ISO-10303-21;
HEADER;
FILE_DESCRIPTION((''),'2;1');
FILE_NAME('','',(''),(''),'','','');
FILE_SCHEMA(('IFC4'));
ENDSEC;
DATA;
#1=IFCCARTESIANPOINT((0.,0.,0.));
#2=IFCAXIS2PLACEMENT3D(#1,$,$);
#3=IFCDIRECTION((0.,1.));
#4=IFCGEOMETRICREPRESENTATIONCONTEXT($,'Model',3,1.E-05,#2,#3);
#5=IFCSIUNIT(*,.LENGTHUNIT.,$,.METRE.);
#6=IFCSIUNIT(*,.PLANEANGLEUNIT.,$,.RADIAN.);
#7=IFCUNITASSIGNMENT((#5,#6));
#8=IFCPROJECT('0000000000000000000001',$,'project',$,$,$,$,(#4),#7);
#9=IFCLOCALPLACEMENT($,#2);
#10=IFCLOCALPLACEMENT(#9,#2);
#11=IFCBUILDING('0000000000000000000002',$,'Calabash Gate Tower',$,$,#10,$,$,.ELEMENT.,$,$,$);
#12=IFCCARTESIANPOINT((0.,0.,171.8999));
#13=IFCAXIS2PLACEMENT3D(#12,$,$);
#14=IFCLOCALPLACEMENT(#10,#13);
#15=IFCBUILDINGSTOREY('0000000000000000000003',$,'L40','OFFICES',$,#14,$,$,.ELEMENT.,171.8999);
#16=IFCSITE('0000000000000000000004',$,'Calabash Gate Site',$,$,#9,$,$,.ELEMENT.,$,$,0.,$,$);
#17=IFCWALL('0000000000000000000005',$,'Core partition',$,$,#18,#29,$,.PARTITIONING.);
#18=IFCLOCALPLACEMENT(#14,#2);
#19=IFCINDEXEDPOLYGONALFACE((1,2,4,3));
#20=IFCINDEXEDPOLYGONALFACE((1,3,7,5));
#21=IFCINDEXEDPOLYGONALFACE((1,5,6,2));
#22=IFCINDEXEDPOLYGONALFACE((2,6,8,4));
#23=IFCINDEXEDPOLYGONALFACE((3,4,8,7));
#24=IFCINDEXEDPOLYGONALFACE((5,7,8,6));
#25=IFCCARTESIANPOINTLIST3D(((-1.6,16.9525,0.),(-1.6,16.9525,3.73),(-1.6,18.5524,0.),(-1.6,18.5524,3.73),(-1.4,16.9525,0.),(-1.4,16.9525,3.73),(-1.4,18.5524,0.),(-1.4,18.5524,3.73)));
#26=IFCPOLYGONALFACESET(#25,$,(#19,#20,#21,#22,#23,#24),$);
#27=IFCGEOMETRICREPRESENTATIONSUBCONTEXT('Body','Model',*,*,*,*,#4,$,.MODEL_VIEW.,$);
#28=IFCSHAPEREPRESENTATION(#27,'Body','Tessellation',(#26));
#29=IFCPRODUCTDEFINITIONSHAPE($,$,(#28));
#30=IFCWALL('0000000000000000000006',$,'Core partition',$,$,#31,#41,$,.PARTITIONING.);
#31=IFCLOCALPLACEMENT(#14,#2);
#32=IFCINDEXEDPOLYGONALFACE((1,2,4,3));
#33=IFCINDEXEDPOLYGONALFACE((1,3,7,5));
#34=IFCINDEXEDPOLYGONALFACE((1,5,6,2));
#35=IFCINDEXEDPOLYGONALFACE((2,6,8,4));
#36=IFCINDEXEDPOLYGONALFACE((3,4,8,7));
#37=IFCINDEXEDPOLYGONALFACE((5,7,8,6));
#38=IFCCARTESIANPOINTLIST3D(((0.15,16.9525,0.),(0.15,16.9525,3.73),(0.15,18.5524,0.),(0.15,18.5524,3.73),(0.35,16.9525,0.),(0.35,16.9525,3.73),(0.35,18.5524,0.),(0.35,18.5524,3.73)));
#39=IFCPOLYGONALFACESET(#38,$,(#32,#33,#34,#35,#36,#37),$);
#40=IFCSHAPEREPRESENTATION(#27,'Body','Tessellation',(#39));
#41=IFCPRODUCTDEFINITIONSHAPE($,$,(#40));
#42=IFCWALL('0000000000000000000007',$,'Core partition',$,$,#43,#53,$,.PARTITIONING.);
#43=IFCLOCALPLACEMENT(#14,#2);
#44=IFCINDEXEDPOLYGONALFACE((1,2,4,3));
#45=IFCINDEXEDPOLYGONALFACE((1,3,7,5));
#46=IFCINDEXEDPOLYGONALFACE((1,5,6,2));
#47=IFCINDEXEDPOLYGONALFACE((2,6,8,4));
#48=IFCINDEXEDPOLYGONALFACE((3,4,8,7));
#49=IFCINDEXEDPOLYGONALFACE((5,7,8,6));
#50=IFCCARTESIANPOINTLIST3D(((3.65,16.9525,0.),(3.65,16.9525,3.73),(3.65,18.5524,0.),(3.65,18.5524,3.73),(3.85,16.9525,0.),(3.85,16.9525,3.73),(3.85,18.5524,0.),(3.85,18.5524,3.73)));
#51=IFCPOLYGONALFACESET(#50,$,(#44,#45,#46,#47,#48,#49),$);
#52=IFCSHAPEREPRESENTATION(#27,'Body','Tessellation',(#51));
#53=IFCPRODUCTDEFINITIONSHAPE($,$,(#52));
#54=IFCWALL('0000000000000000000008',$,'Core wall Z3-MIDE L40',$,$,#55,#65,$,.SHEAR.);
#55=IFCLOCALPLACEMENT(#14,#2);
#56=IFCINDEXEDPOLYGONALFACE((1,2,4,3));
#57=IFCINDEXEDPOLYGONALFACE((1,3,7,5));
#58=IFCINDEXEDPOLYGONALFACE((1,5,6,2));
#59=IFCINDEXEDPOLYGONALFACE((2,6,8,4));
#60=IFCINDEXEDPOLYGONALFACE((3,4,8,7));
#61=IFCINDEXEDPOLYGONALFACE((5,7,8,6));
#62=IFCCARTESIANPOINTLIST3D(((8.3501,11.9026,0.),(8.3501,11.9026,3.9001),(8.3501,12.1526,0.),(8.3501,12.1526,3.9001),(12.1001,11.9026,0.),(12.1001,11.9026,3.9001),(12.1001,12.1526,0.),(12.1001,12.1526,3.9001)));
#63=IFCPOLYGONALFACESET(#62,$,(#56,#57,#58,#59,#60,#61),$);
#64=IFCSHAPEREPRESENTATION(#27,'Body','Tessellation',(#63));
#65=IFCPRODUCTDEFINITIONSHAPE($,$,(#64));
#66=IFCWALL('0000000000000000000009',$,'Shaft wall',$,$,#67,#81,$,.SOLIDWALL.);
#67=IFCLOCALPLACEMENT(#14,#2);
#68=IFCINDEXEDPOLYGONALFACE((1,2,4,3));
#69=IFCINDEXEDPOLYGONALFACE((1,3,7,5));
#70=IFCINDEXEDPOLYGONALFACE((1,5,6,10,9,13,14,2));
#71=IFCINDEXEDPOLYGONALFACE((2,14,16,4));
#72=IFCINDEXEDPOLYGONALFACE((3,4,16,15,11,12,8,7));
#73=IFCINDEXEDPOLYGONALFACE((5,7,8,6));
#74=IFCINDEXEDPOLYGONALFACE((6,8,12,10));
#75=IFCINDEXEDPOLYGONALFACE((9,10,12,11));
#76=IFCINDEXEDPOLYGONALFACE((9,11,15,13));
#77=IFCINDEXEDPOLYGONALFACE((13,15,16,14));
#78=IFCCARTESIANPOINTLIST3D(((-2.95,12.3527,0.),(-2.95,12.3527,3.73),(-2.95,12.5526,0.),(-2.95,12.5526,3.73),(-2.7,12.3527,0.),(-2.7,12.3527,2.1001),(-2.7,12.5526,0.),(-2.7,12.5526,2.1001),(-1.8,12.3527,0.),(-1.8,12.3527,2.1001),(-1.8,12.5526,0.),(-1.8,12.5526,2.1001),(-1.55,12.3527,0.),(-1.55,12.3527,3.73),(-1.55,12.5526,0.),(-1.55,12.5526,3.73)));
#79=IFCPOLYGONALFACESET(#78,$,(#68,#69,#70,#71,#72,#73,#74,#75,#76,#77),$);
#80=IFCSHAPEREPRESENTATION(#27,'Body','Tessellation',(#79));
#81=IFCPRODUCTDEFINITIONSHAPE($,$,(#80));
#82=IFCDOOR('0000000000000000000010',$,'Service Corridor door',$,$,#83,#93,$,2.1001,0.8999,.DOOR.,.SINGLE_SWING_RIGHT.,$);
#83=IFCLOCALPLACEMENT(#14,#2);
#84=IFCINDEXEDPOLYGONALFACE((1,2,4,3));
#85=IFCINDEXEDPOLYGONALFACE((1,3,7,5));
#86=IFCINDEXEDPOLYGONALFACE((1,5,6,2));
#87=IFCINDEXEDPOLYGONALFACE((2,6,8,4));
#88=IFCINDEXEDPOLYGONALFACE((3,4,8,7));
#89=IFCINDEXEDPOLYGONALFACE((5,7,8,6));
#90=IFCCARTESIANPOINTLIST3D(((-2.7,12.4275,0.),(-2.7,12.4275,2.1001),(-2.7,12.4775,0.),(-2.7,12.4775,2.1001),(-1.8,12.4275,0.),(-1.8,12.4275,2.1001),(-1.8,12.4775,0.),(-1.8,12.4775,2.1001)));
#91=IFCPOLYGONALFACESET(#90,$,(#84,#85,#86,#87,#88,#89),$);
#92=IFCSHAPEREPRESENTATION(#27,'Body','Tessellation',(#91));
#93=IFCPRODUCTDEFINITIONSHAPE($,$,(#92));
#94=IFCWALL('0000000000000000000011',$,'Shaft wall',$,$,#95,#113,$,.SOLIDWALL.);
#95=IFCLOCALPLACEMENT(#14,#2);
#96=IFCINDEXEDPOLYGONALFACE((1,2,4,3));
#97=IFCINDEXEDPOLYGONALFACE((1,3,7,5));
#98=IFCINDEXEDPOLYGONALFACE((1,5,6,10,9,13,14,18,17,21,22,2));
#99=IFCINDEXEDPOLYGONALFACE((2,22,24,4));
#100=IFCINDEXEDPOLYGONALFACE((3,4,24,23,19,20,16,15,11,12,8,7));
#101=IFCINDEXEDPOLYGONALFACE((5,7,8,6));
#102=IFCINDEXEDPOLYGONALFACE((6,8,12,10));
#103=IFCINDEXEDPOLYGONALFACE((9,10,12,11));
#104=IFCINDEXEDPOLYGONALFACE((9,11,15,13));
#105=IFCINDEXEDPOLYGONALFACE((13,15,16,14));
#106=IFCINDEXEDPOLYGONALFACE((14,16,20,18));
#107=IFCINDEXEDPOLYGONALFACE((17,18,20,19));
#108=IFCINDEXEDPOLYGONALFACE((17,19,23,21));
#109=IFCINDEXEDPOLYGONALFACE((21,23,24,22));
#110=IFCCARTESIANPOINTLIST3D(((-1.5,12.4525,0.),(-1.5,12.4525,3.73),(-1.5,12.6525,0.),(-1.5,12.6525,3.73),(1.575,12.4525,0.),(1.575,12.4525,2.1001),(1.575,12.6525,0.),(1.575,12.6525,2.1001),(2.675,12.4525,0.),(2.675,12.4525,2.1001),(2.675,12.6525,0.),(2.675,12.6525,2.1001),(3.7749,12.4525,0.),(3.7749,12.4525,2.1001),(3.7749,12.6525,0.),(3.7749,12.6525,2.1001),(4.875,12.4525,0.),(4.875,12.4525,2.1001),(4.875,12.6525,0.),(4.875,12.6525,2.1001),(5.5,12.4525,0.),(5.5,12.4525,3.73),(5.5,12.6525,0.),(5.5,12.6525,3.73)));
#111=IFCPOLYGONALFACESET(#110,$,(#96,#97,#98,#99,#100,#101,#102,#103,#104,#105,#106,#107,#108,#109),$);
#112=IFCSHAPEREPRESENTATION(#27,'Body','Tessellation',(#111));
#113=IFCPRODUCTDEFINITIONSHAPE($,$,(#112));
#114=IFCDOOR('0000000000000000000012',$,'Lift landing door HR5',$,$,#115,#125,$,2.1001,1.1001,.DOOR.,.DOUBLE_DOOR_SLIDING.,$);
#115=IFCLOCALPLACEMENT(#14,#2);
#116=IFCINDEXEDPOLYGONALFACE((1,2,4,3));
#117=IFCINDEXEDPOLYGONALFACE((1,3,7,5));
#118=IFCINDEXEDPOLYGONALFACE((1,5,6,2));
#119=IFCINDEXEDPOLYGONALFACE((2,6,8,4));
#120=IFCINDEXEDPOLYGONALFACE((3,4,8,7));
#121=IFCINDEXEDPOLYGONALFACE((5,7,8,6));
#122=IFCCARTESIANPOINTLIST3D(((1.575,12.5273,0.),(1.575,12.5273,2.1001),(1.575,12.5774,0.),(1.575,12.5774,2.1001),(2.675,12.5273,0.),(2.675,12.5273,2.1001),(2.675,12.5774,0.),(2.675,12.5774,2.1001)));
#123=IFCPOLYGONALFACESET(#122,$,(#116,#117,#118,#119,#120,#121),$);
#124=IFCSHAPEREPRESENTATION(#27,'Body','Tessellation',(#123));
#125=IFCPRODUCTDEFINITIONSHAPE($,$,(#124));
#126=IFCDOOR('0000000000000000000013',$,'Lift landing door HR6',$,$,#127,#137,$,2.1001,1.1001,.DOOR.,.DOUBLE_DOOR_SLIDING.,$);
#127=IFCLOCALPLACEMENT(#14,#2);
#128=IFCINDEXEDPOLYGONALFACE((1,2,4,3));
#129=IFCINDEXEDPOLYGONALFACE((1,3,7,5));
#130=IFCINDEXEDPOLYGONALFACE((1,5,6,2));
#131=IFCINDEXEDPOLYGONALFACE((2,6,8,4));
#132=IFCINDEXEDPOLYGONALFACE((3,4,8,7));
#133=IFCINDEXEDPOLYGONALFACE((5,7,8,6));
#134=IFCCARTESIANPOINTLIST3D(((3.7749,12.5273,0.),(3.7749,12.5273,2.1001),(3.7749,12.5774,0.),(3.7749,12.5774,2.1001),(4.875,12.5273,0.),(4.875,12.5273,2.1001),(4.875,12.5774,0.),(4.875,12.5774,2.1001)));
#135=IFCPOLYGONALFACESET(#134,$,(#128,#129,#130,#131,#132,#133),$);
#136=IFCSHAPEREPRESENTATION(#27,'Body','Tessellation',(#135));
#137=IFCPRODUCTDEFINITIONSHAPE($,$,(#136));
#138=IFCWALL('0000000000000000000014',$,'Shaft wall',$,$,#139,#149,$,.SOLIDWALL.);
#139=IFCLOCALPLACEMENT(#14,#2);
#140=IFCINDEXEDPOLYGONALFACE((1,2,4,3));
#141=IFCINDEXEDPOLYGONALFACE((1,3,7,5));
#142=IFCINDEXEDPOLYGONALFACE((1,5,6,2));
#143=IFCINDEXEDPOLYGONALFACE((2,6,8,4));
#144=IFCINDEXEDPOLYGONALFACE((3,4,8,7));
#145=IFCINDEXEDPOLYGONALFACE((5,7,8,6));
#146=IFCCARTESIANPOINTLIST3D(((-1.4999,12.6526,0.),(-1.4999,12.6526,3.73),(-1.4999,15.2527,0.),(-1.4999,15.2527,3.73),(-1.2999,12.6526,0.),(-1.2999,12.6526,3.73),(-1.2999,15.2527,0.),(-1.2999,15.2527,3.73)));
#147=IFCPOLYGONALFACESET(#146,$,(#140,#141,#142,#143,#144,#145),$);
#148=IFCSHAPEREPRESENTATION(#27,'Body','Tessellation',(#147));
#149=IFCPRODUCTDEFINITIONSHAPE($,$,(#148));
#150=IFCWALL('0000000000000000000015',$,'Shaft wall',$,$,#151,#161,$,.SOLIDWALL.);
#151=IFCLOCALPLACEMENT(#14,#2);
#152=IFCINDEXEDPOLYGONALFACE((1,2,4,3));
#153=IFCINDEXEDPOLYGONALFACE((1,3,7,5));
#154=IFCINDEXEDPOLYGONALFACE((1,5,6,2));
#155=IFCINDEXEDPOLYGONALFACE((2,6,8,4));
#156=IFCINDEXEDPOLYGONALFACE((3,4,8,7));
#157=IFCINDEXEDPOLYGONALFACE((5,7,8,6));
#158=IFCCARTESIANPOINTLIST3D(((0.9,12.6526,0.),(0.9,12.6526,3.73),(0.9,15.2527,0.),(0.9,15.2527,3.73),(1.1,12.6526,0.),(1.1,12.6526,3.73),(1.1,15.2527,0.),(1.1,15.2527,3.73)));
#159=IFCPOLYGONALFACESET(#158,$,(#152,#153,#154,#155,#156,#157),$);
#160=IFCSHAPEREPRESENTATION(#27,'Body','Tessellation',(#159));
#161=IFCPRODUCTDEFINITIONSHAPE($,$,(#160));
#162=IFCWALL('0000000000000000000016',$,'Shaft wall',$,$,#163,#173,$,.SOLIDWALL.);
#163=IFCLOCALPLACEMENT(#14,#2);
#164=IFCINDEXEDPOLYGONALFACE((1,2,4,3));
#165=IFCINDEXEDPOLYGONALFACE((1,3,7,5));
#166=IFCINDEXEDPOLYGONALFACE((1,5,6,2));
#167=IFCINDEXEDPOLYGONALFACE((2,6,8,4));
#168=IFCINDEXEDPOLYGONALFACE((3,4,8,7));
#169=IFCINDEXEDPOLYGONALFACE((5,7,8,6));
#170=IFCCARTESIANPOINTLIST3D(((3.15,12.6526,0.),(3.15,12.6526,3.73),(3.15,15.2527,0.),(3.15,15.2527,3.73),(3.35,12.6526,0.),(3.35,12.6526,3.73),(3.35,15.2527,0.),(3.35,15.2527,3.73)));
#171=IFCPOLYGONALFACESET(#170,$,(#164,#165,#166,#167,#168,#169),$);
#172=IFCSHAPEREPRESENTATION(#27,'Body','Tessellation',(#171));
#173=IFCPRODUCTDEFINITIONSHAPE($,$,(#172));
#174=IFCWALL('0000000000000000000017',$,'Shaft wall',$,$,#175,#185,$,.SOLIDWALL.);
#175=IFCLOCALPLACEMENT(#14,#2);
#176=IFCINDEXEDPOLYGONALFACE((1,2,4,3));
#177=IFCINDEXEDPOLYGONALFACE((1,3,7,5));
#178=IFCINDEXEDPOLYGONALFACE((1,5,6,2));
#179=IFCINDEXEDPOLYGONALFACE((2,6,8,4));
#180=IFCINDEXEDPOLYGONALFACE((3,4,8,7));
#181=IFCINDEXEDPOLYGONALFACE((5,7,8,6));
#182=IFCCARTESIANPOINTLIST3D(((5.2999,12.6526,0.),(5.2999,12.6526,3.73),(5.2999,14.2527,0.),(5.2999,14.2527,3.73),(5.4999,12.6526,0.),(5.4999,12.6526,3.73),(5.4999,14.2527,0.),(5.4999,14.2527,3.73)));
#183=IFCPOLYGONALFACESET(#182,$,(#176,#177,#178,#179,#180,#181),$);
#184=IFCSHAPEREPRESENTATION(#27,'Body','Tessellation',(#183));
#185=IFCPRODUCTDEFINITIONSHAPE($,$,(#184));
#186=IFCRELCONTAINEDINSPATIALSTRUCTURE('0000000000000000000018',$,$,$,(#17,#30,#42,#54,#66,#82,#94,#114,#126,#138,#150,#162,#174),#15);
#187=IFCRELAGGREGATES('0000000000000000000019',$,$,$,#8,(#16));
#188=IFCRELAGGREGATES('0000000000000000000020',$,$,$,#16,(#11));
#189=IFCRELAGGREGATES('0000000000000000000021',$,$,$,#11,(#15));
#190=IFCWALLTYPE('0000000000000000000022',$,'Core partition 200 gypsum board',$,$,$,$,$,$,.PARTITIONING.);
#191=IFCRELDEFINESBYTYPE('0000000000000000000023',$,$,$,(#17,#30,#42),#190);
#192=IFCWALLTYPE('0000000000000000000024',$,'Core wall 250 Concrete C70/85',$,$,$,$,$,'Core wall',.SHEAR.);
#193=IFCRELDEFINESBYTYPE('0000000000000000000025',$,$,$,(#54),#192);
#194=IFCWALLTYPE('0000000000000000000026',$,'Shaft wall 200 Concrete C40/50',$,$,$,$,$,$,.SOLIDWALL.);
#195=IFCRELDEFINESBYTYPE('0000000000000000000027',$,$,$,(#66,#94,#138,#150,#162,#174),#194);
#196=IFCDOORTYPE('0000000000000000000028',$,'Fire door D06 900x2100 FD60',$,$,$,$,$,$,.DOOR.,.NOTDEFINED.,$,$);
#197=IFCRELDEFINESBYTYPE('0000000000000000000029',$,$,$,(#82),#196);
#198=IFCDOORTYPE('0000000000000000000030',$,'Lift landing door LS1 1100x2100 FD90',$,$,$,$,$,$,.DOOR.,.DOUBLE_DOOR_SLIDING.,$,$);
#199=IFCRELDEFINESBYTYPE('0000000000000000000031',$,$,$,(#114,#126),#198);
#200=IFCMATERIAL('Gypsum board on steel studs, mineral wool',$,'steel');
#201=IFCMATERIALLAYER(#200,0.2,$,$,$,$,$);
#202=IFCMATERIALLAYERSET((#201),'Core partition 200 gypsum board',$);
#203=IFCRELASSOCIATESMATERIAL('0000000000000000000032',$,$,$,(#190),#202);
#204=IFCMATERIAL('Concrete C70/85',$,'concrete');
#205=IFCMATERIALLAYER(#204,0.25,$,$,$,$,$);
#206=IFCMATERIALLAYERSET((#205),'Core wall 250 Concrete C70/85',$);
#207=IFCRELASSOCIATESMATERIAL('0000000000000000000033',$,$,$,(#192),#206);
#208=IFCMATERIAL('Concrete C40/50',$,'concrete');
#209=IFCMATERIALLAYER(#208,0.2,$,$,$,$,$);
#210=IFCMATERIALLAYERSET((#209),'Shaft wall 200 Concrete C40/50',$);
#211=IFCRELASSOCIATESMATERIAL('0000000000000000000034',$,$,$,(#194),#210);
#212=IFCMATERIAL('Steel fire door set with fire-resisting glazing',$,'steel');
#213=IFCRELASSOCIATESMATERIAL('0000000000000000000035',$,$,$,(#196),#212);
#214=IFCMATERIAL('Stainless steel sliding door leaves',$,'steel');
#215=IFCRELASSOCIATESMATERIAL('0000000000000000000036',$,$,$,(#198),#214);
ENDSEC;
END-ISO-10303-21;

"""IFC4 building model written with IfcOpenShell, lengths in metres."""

from ifc_helpers import new_model, si_unit, direction, frame, frame_2d, origin, place, context, subcontext, project, spatial, rectangle, extrude, material, layer, layer_set, type_object, element, fill, save


model = new_model("IFC4")

# Units and contexts
model_context = context("Model", 3, precision=1e-05, world=origin(), true_north=direction((0.0, 1.0)))
body_context = subcontext(model_context, "Body", "Model", "MODEL_VIEW")
ifc_project = project(units=[si_unit("LENGTHUNIT", "METRE"), si_unit("PLANEANGLEUNIT", "RADIAN")], contexts=[model_context])

# Site, building, storey
site_placement = place(None, origin())
site = spatial("IfcSite", under=ifc_project, at=site_placement, Name="Calabash Gate Site", CompositionType="ELEMENT", RefElevation=0.0)
building_placement = place(site_placement, origin())
building = spatial("IfcBuilding", under=site, at=building_placement, Name="Calabash Gate Tower", CompositionType="ELEMENT")
storey_placement = place(building_placement, frame((0.0, 0.0, 171.8999)))
storey = spatial("IfcBuildingStorey", under=building, at=storey_placement, Name="L40", Description="OFFICES", CompositionType="ELEMENT", Elevation=171.8999)

# Walls
ifc_material_1 = material(Name="Gypsum board on steel studs, mineral wool", Category="steel")
ifc_layer_1 = layer(ifc_material_1, 0.2)
ifc_layer_set_1 = layer_set([ifc_layer_1], Name="Core partition 200 gypsum board")
wall_type_1 = type_object("IfcWallType", Name="Core partition 200 gypsum board", PredefinedType="PARTITIONING", material=ifc_layer_set_1)
for number, where, z_axis, x_axis, name in (
    (1, (-1.5, 16.9526, 0.0), (0.0, 0.0, 1.0), (0.0, 1.0, 0.0), "Core partition"),
    (2, (0.25, 16.9526, 0.0), (0.0, 0.0, 1.0), (0.0, 1.0, 0.0), "Core partition"),
    (3, (3.75, 16.9526, 0.0), (0.0, 0.0, 1.0), (0.0, 1.0, 0.0), "Core partition"),
):
    element("IfcWall", number, at=place(storey_placement, frame(where, z_axis=z_axis, x_axis=x_axis)), inside=storey, type_object=wall_type_1, Name=name, PredefinedType="PARTITIONING", context=body_context, shape_type="SweptSolid", body=[
        extrude(rectangle(XDim=1.5999, YDim=0.2, at=frame_2d((0.7998, 0.0))), origin(), (0.0, 0.0, 1.0), 3.73),
    ])
ifc_material_2 = material(Name="Concrete C70/85", Category="concrete")
ifc_layer_2 = layer(ifc_material_2, 0.25)
ifc_layer_set_2 = layer_set([ifc_layer_2], Name="Core wall 250 Concrete C70/85")
wall_type_2 = type_object("IfcWallType", Name="Core wall 250 Concrete C70/85", ElementType="Core wall", PredefinedType="SHEAR", material=ifc_layer_set_2)
wall_1_placement = place(storey_placement, frame((8.3501, 12.0276, 0.0), z_axis=(0.0, 0.0, 1.0), x_axis=(1.0, 0.0, 0.0)))
element("IfcWall", 4, at=wall_1_placement, inside=storey, type_object=wall_type_2, Name="Core wall Z3-MIDE L40", PredefinedType="SHEAR", context=body_context, shape_type="SweptSolid", body=[
    extrude(rectangle(XDim=3.75, YDim=0.25, at=frame_2d((1.875, 0.0))), origin(), (0.0, 0.0, 1.0), 3.9001),
])

# Wall, opening, door
ifc_material_3 = material(Name="Concrete C40/50", Category="concrete")
ifc_layer_3 = layer(ifc_material_3, 0.2)
ifc_layer_set_3 = layer_set([ifc_layer_3], Name="Shaft wall 200 Concrete C40/50")
wall_type_3 = type_object("IfcWallType", Name="Shaft wall 200 Concrete C40/50", PredefinedType="SOLIDWALL", material=ifc_layer_set_3)
wall_2_placement = place(storey_placement, frame((-2.95, 12.4526, 0.0), z_axis=(0.0, 0.0, 1.0), x_axis=(1.0, 0.0, 0.0)))
wall_2 = element("IfcWall", 5, at=wall_2_placement, inside=storey, type_object=wall_type_3, Name="Shaft wall", PredefinedType="SOLIDWALL", context=body_context, shape_type="SweptSolid", body=[
    extrude(rectangle(XDim=1.3999, YDim=0.2, at=frame_2d((0.7, 0.0))), origin(), (0.0, 0.0, 1.0), 3.73),
])
opening_1_placement = place(wall_2_placement, frame((0.25, 0.0, 0.0)))
opening_1 = element("IfcOpeningElement", 6, at=opening_1_placement, cuts=wall_2, PredefinedType="OPENING", context=body_context, shape_type="SweptSolid", body=[
    extrude(rectangle(XDim=0.8999, YDim=2.1001, at=frame_2d((0.45, 1.05))), frame((0.0, 0.1099, 0.0), z_axis=(0.0, -1.0, 0.0), x_axis=(1.0, 0.0, 0.0)), (0.0, 0.0, 1.0), 0.22),
])
ifc_material_4 = material(Name="Steel fire door set with fire-resisting glazing", Category="steel")
door_type_1 = type_object("IfcDoorType", Name="Fire door D06 900x2100 FD60", OperationType="NOTDEFINED", PredefinedType="DOOR", material=ifc_material_4)
door_1_placement = place(opening_1_placement, origin())
door_1 = element("IfcDoor", 7, at=door_1_placement, inside=storey, type_object=door_type_1, Name="Service Corridor door", OperationType="SINGLE_SWING_RIGHT", OverallHeight=2.1001, OverallWidth=0.8999, PredefinedType="DOOR", context=body_context, shape_type="SweptSolid", body=[
    extrude(rectangle(XDim=0.8999, YDim=2.1001, at=frame_2d((0.45, 1.05))), frame((0.0, 0.0249, 0.0), z_axis=(0.0, -1.0, 0.0), x_axis=(1.0, 0.0, 0.0)), (0.0, 0.0, 1.0), 0.05),
])
fill(opening_1, door_1)

# Wall, openings, doors
wall_3_placement = place(storey_placement, frame((-1.5, 12.5525, 0.0), z_axis=(0.0, 0.0, 1.0), x_axis=(1.0, 0.0, 0.0)))
wall_3 = element("IfcWall", 8, at=wall_3_placement, inside=storey, type_object=wall_type_3, Name="Shaft wall", PredefinedType="SOLIDWALL", context=body_context, shape_type="SweptSolid", body=[
    extrude(rectangle(XDim=7.0, YDim=0.2, at=frame_2d((3.5, 0.0))), origin(), (0.0, 0.0, 1.0), 3.73),
])
opening_2_placement = place(wall_3_placement, frame((3.075, 0.0, 0.0)))
opening_2 = element("IfcOpeningElement", 9, at=opening_2_placement, cuts=wall_3, PredefinedType="OPENING", context=body_context, shape_type="SweptSolid", body=[
    extrude(rectangle(XDim=1.1001, YDim=2.1001, at=frame_2d((0.55, 1.05))), frame((0.0, 0.1099, 0.0), z_axis=(0.0, -1.0, 0.0), x_axis=(1.0, 0.0, 0.0)), (0.0, 0.0, 1.0), 0.22),
])
opening_3_placement = place(wall_3_placement, frame((5.2749, 0.0, 0.0)))
opening_3 = element("IfcOpeningElement", 10, at=opening_3_placement, cuts=wall_3, PredefinedType="OPENING", context=body_context, shape_type="SweptSolid", body=[
    extrude(rectangle(XDim=1.1001, YDim=2.1001, at=frame_2d((0.55, 1.05))), frame((0.0, 0.1099, 0.0), z_axis=(0.0, -1.0, 0.0), x_axis=(1.0, 0.0, 0.0)), (0.0, 0.0, 1.0), 0.22),
])
ifc_material_5 = material(Name="Stainless steel sliding door leaves", Category="steel")
door_type_2 = type_object("IfcDoorType", Name="Lift landing door LS1 1100x2100 FD90", OperationType="DOUBLE_DOOR_SLIDING", PredefinedType="DOOR", material=ifc_material_5)
door_2_placement = place(opening_2_placement, origin())
door_2 = element("IfcDoor", 11, at=door_2_placement, inside=storey, type_object=door_type_2, Name="Lift landing door HR5", OperationType="DOUBLE_DOOR_SLIDING", OverallHeight=2.1001, OverallWidth=1.1001, PredefinedType="DOOR", context=body_context, shape_type="SweptSolid", body=[
    extrude(rectangle(XDim=1.1001, YDim=2.1001, at=frame_2d((0.55, 1.05))), frame((0.0, 0.0249, 0.0), z_axis=(0.0, -1.0, 0.0), x_axis=(1.0, 0.0, 0.0)), (0.0, 0.0, 1.0), 0.05),
])
fill(opening_2, door_2)
door_3_placement = place(opening_3_placement, origin())
door_3 = element("IfcDoor", 12, at=door_3_placement, inside=storey, type_object=door_type_2, Name="Lift landing door HR6", OperationType="DOUBLE_DOOR_SLIDING", OverallHeight=2.1001, OverallWidth=1.1001, PredefinedType="DOOR", context=body_context, shape_type="SweptSolid", body=[
    extrude(rectangle(XDim=1.1001, YDim=2.1001, at=frame_2d((0.55, 1.05))), frame((0.0, 0.0249, 0.0), z_axis=(0.0, -1.0, 0.0), x_axis=(1.0, 0.0, 0.0)), (0.0, 0.0, 1.0), 0.05),
])
fill(opening_3, door_3)

# Walls
for number, where, z_axis, x_axis, name in (
    (13, (-1.3999, 12.6526, 0.0), (0.0, 0.0, 1.0), (0.0, 1.0, 0.0), "Shaft wall"),
    (14, (1.0, 12.6526, 0.0), (0.0, 0.0, 1.0), (0.0, 1.0, 0.0), "Shaft wall"),
    (15, (3.25, 12.6526, 0.0), (0.0, 0.0, 1.0), (0.0, 1.0, 0.0), "Shaft wall"),
):
    element("IfcWall", number, at=place(storey_placement, frame(where, z_axis=z_axis, x_axis=x_axis)), inside=storey, type_object=wall_type_3, Name=name, PredefinedType="SOLIDWALL", context=body_context, shape_type="SweptSolid", body=[
        extrude(rectangle(XDim=2.6001, YDim=0.2, at=frame_2d((1.3, 0.0))), origin(), (0.0, 0.0, 1.0), 3.73),
    ])
wall_4_placement = place(storey_placement, frame((5.3999, 12.6526, 0.0), z_axis=(0.0, 0.0, 1.0), x_axis=(0.0, 1.0, 0.0)))
element("IfcWall", 16, at=wall_4_placement, inside=storey, type_object=wall_type_3, Name="Shaft wall", PredefinedType="SOLIDWALL", context=body_context, shape_type="SweptSolid", body=[
    extrude(rectangle(XDim=1.6001, YDim=0.2, at=frame_2d((0.8, 0.0))), origin(), (0.0, 0.0, 1.0), 3.73),
])

save(model, "model.ifc")
